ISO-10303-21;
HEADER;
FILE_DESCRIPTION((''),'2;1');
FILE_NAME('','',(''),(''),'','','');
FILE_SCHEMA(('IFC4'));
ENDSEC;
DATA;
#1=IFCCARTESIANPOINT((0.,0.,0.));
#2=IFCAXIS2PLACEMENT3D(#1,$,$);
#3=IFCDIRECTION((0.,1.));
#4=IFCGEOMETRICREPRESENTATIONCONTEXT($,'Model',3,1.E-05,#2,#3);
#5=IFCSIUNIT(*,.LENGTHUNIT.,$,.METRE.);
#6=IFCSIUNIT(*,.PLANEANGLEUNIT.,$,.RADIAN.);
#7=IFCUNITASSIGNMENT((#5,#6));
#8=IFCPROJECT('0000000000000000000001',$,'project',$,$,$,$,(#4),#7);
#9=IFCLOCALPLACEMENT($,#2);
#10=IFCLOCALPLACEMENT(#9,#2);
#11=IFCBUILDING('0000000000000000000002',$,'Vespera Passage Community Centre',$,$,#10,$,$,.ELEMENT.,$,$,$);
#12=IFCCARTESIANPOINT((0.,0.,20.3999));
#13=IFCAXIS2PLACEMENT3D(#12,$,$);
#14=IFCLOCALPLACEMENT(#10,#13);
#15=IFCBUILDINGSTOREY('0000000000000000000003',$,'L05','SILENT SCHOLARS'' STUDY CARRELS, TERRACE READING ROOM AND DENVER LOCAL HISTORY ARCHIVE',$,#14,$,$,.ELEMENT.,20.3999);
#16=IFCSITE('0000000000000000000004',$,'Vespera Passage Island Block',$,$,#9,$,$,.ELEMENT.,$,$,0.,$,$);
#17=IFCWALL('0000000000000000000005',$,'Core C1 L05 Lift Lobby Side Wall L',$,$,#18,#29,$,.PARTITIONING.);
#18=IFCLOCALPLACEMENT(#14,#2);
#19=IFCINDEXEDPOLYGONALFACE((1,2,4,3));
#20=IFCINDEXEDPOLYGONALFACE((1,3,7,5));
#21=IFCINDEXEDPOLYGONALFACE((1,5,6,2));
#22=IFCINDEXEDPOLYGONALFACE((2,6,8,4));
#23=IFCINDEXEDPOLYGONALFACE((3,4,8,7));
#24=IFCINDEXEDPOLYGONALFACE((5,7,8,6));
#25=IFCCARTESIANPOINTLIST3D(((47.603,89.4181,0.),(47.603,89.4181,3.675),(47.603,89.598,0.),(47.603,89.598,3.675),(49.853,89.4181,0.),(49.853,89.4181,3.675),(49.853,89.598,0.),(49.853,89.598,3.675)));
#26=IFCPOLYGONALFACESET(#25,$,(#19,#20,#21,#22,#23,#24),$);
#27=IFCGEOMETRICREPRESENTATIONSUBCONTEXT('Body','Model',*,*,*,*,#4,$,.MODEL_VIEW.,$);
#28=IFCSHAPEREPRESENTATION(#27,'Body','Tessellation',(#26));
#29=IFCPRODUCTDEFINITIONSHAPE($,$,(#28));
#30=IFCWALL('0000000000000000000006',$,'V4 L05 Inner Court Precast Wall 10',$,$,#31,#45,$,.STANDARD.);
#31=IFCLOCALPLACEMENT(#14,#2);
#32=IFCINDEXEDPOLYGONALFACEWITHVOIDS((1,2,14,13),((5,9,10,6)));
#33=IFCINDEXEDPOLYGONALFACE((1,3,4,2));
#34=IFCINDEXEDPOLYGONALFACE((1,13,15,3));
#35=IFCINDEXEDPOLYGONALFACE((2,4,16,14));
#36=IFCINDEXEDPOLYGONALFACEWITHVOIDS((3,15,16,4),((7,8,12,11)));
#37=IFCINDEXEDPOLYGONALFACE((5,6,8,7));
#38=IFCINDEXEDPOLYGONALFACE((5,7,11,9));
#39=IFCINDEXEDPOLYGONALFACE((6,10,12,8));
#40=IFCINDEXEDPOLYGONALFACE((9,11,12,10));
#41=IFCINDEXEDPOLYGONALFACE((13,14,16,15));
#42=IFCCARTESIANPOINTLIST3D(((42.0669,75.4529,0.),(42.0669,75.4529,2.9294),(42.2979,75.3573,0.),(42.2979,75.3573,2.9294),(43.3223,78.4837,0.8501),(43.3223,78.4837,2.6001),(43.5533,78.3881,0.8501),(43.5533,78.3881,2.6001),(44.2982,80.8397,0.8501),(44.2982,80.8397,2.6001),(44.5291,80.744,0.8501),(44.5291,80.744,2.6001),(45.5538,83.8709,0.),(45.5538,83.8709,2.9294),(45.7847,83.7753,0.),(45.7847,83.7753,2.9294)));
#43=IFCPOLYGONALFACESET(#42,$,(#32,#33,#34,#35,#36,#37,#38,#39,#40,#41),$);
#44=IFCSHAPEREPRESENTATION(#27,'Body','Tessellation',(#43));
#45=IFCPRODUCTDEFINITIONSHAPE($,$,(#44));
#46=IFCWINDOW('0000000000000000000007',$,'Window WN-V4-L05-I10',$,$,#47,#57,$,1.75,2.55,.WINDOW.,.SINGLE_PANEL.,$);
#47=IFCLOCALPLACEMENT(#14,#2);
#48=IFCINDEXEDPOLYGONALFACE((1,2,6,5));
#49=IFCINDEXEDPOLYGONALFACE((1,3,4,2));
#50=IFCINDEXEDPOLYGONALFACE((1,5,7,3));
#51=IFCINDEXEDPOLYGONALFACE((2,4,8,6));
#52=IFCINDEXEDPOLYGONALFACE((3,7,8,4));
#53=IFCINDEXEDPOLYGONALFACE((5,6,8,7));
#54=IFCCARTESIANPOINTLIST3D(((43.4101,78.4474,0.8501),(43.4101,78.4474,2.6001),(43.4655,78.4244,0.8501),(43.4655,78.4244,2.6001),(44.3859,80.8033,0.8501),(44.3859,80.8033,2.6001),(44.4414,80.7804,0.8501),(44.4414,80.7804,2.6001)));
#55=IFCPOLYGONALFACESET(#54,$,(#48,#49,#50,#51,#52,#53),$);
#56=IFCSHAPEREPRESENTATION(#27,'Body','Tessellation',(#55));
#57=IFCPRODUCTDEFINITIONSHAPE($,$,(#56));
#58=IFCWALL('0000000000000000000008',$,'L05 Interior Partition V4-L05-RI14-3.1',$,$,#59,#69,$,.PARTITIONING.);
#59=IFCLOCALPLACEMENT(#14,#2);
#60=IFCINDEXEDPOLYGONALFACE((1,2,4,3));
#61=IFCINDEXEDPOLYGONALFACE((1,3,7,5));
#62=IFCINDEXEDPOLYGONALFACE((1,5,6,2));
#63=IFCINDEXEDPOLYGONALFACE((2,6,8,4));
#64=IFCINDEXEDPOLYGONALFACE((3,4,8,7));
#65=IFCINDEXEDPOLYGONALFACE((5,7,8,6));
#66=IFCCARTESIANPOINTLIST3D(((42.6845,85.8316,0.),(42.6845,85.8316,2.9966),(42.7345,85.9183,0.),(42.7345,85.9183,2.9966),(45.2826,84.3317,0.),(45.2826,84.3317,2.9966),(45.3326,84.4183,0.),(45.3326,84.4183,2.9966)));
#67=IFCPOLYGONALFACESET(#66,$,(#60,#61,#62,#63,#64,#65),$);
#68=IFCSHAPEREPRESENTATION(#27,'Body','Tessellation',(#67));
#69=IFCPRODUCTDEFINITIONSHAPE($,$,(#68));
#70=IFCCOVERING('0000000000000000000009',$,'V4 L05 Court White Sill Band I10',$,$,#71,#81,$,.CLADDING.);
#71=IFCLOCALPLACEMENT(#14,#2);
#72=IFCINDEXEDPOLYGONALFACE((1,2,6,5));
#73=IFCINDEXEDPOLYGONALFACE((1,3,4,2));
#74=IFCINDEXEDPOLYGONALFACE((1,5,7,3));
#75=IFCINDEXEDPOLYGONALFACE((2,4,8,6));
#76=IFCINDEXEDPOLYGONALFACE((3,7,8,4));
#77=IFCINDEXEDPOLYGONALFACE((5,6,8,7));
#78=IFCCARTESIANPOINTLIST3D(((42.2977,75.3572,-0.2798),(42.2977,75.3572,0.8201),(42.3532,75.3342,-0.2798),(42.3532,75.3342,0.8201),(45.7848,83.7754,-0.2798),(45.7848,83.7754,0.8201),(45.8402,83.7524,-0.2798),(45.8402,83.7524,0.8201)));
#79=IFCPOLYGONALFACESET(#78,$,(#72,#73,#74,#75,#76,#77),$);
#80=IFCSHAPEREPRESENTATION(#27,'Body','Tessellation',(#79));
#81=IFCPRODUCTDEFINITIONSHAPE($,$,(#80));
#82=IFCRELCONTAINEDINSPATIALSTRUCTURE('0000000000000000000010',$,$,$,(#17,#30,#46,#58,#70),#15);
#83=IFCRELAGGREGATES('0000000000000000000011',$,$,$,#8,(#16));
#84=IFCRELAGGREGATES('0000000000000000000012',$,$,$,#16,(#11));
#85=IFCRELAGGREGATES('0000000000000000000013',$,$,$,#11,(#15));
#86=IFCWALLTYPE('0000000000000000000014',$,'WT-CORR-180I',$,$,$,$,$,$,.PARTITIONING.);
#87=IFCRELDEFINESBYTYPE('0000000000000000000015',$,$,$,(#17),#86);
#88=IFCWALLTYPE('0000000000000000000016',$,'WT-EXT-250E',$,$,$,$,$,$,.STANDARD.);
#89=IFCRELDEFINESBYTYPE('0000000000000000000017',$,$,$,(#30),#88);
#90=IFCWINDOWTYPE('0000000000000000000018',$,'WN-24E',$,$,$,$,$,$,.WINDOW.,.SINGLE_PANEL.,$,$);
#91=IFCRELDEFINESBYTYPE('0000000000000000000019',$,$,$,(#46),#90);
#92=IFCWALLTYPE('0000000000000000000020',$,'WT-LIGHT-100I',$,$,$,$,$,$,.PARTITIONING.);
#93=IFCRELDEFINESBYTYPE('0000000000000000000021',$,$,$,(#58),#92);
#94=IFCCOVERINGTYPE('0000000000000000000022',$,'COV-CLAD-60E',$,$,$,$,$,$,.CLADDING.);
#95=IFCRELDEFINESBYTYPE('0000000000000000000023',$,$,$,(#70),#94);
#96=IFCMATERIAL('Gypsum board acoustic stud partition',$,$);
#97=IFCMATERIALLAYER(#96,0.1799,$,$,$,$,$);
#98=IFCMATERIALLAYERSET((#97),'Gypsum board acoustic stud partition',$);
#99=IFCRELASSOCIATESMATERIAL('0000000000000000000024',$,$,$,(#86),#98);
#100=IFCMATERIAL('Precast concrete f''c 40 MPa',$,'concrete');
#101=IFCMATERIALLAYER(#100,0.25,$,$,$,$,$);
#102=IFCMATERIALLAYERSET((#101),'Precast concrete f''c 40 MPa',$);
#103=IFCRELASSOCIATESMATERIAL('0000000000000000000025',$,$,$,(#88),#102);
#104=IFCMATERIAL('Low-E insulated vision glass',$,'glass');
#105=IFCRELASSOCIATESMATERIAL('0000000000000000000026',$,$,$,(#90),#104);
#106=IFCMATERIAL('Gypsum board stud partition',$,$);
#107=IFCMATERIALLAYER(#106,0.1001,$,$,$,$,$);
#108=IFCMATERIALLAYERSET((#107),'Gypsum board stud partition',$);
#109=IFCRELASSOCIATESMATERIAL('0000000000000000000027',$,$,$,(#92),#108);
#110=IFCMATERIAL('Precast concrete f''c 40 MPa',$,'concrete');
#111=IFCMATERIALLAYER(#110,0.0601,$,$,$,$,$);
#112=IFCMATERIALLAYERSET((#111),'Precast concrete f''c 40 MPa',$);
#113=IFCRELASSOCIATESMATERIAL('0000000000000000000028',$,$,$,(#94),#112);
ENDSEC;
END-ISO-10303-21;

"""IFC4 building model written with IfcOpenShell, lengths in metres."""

from ifc_helpers import new_model, si_unit, direction, frame, frame_2d, origin, place, context, subcontext, project, spatial, rectangle, extrude, material, layer, layer_set, type_object, element, fill, save


model = new_model("IFC4")

# Units and contexts
model_context = context("Model", 3, precision=1e-05, world=origin(), true_north=direction((0.0, 1.0)))
body_context = subcontext(model_context, "Body", "Model", "MODEL_VIEW")
ifc_project = project(units=[si_unit("LENGTHUNIT", "METRE"), si_unit("PLANEANGLEUNIT", "RADIAN")], contexts=[model_context])

# Site, building, storey
site_placement = place(None, origin())
site = spatial("IfcSite", under=ifc_project, at=site_placement, Name="Vespera Passage Island Block", CompositionType="ELEMENT", RefElevation=0.0)
building_placement = place(site_placement, origin())
building = spatial("IfcBuilding", under=site, at=building_placement, Name="Vespera Passage Community Centre", CompositionType="ELEMENT")
storey_placement = place(building_placement, frame((0.0, 0.0, 20.3999)))
storey = spatial("IfcBuildingStorey", under=building, at=storey_placement, Name="L05", Description="SILENT SCHOLARS' STUDY CARRELS, TERRACE READING ROOM AND DENVER LOCAL HISTORY ARCHIVE", CompositionType="ELEMENT", Elevation=20.3999)

# Shared definitions
ifc_material_1 = material(Name="Gypsum board acoustic stud partition")
ifc_layer_1 = layer(ifc_material_1, 0.1799)
ifc_layer_set_1 = layer_set([ifc_layer_1], Name="Gypsum board acoustic stud partition")
wall_type_1 = type_object("IfcWallType", Name="WT-CORR-180I", PredefinedType="PARTITIONING", material=ifc_layer_set_1)

# Wall
wall_1_placement = place(storey_placement, frame((47.603, 89.5081, 0.0), z_axis=(0.0, 0.0, 1.0), x_axis=(1.0, 0.0, 0.0)))
element("IfcWall", 1, at=wall_1_placement, inside=storey, type_object=wall_type_1, Name="Core C1 L05 Lift Lobby Side Wall L", PredefinedType="PARTITIONING", context=body_context, shape_type="SweptSolid", body=[
    extrude(rectangle(XDim=2.25, YDim=0.1799, at=frame_2d((1.125, 0.0))), origin(), (0.0, 0.0, 1.0), 3.675),
])

# Wall, opening, window
ifc_material_2 = material(Name="Precast concrete f'c 40 MPa", Category="concrete")
ifc_layer_2 = layer(ifc_material_2, 0.25)
ifc_layer_set_2 = layer_set([ifc_layer_2], Name="Precast concrete f'c 40 MPa")
wall_type_2 = type_object("IfcWallType", Name="WT-EXT-250E", PredefinedType="STANDARD", material=ifc_layer_set_2)
wall_2_placement = place(storey_placement, frame((45.6692, 83.823, 0.0), z_axis=(0.0, 0.0, 1.0), x_axis=(-0.382682, -0.92388, 0.0)))
wall_2 = element("IfcWall", 2, at=wall_2_placement, inside=storey, type_object=wall_type_2, Name="V4 L05 Inner Court Precast Wall 10", PredefinedType="STANDARD", context=body_context, shape_type="SweptSolid", body=[
    extrude(rectangle(XDim=9.1116, YDim=0.25, at=frame_2d((4.5557, 0.0))), origin(), (0.0, 0.0, 1.0), 2.9294),
])
opening_1_placement = place(wall_2_placement, frame((3.281, 0.0, 0.8501)))
opening_1 = element("IfcOpeningElement", 3, at=opening_1_placement, cuts=wall_2, PredefinedType="OPENING", context=body_context, shape_type="SweptSolid", body=[
    extrude(rectangle(XDim=2.55, YDim=1.75, at=frame_2d((1.2749, 0.875))), frame((0.0, 0.135, 0.0), z_axis=(0.0, -1.0, 0.0), x_axis=(1.0, 0.0, 0.0)), (0.0, 0.0, 1.0), 0.27),
])
ifc_material_3 = material(Name="Low-E insulated vision glass", Category="glass")
window_type = type_object("IfcWindowType", Name="WN-24E", PartitioningType="SINGLE_PANEL", PredefinedType="WINDOW", material=ifc_material_3)
window_placement = place(opening_1_placement, origin())
window = element("IfcWindow", 4, at=window_placement, inside=storey, type_object=window_type, Name="Window WN-V4-L05-I10", OverallHeight=1.75, OverallWidth=2.55, PartitioningType="SINGLE_PANEL", PredefinedType="WINDOW", context=body_context, shape_type="SweptSolid", body=[
    extrude(rectangle(XDim=2.55, YDim=1.75, at=frame_2d((1.2749, 0.875))), frame((0.0, 0.03, 0.0), z_axis=(0.0, -1.0, 0.0), x_axis=(1.0, 0.0, 0.0)), (0.0, 0.0, 1.0), 0.0601),
])
fill(opening_1, window)

# Wall
ifc_material_4 = material(Name="Gypsum board stud partition")
ifc_layer_3 = layer(ifc_material_4, 0.1001)
ifc_layer_set_3 = layer_set([ifc_layer_3], Name="Gypsum board stud partition")
wall_type_3 = type_object("IfcWallType", Name="WT-LIGHT-100I", PredefinedType="PARTITIONING", material=ifc_layer_set_3)
wall_3_placement = place(storey_placement, frame((45.3076, 84.375, 0.0), z_axis=(0.0, 0.0, 1.0), x_axis=(-0.866031, 0.49999, 0.0)))
element("IfcWall", 5, at=wall_3_placement, inside=storey, type_object=wall_type_3, Name="L05 Interior Partition V4-L05-RI14-3.1", PredefinedType="PARTITIONING", context=body_context, shape_type="SweptSolid", body=[
    extrude(rectangle(XDim=3.0, YDim=0.1001, at=frame_2d((1.5, 0.0))), origin(), (0.0, 0.0, 1.0), 2.9966),
])

# Covering
ifc_material_5 = material(Name="Precast concrete f'c 40 MPa", Category="concrete")
ifc_layer_4 = layer(ifc_material_5, 0.0601)
ifc_layer_set_4 = layer_set([ifc_layer_4], Name="Precast concrete f'c 40 MPa")
covering_type = type_object("IfcCoveringType", Name="COV-CLAD-60E", PredefinedType="CLADDING", material=ifc_layer_set_4)
covering_placement = place(storey_placement, frame((45.8125, 83.7639, -0.2798), z_axis=(0.0, 0.0, 1.0), x_axis=(-0.382695, -0.923875, 0.0)))
element("IfcCovering", 6, at=covering_placement, inside=storey, type_object=covering_type, Name="V4 L05 Court White Sill Band I10", PredefinedType="CLADDING", context=body_context, shape_type="SweptSolid", body=[
    extrude(rectangle(XDim=9.1118, YDim=0.0601, at=frame_2d((4.5559, 0.0))), origin(), (0.0, 0.0, 1.0), 1.0999),
])

save(model, "model.ifc")
